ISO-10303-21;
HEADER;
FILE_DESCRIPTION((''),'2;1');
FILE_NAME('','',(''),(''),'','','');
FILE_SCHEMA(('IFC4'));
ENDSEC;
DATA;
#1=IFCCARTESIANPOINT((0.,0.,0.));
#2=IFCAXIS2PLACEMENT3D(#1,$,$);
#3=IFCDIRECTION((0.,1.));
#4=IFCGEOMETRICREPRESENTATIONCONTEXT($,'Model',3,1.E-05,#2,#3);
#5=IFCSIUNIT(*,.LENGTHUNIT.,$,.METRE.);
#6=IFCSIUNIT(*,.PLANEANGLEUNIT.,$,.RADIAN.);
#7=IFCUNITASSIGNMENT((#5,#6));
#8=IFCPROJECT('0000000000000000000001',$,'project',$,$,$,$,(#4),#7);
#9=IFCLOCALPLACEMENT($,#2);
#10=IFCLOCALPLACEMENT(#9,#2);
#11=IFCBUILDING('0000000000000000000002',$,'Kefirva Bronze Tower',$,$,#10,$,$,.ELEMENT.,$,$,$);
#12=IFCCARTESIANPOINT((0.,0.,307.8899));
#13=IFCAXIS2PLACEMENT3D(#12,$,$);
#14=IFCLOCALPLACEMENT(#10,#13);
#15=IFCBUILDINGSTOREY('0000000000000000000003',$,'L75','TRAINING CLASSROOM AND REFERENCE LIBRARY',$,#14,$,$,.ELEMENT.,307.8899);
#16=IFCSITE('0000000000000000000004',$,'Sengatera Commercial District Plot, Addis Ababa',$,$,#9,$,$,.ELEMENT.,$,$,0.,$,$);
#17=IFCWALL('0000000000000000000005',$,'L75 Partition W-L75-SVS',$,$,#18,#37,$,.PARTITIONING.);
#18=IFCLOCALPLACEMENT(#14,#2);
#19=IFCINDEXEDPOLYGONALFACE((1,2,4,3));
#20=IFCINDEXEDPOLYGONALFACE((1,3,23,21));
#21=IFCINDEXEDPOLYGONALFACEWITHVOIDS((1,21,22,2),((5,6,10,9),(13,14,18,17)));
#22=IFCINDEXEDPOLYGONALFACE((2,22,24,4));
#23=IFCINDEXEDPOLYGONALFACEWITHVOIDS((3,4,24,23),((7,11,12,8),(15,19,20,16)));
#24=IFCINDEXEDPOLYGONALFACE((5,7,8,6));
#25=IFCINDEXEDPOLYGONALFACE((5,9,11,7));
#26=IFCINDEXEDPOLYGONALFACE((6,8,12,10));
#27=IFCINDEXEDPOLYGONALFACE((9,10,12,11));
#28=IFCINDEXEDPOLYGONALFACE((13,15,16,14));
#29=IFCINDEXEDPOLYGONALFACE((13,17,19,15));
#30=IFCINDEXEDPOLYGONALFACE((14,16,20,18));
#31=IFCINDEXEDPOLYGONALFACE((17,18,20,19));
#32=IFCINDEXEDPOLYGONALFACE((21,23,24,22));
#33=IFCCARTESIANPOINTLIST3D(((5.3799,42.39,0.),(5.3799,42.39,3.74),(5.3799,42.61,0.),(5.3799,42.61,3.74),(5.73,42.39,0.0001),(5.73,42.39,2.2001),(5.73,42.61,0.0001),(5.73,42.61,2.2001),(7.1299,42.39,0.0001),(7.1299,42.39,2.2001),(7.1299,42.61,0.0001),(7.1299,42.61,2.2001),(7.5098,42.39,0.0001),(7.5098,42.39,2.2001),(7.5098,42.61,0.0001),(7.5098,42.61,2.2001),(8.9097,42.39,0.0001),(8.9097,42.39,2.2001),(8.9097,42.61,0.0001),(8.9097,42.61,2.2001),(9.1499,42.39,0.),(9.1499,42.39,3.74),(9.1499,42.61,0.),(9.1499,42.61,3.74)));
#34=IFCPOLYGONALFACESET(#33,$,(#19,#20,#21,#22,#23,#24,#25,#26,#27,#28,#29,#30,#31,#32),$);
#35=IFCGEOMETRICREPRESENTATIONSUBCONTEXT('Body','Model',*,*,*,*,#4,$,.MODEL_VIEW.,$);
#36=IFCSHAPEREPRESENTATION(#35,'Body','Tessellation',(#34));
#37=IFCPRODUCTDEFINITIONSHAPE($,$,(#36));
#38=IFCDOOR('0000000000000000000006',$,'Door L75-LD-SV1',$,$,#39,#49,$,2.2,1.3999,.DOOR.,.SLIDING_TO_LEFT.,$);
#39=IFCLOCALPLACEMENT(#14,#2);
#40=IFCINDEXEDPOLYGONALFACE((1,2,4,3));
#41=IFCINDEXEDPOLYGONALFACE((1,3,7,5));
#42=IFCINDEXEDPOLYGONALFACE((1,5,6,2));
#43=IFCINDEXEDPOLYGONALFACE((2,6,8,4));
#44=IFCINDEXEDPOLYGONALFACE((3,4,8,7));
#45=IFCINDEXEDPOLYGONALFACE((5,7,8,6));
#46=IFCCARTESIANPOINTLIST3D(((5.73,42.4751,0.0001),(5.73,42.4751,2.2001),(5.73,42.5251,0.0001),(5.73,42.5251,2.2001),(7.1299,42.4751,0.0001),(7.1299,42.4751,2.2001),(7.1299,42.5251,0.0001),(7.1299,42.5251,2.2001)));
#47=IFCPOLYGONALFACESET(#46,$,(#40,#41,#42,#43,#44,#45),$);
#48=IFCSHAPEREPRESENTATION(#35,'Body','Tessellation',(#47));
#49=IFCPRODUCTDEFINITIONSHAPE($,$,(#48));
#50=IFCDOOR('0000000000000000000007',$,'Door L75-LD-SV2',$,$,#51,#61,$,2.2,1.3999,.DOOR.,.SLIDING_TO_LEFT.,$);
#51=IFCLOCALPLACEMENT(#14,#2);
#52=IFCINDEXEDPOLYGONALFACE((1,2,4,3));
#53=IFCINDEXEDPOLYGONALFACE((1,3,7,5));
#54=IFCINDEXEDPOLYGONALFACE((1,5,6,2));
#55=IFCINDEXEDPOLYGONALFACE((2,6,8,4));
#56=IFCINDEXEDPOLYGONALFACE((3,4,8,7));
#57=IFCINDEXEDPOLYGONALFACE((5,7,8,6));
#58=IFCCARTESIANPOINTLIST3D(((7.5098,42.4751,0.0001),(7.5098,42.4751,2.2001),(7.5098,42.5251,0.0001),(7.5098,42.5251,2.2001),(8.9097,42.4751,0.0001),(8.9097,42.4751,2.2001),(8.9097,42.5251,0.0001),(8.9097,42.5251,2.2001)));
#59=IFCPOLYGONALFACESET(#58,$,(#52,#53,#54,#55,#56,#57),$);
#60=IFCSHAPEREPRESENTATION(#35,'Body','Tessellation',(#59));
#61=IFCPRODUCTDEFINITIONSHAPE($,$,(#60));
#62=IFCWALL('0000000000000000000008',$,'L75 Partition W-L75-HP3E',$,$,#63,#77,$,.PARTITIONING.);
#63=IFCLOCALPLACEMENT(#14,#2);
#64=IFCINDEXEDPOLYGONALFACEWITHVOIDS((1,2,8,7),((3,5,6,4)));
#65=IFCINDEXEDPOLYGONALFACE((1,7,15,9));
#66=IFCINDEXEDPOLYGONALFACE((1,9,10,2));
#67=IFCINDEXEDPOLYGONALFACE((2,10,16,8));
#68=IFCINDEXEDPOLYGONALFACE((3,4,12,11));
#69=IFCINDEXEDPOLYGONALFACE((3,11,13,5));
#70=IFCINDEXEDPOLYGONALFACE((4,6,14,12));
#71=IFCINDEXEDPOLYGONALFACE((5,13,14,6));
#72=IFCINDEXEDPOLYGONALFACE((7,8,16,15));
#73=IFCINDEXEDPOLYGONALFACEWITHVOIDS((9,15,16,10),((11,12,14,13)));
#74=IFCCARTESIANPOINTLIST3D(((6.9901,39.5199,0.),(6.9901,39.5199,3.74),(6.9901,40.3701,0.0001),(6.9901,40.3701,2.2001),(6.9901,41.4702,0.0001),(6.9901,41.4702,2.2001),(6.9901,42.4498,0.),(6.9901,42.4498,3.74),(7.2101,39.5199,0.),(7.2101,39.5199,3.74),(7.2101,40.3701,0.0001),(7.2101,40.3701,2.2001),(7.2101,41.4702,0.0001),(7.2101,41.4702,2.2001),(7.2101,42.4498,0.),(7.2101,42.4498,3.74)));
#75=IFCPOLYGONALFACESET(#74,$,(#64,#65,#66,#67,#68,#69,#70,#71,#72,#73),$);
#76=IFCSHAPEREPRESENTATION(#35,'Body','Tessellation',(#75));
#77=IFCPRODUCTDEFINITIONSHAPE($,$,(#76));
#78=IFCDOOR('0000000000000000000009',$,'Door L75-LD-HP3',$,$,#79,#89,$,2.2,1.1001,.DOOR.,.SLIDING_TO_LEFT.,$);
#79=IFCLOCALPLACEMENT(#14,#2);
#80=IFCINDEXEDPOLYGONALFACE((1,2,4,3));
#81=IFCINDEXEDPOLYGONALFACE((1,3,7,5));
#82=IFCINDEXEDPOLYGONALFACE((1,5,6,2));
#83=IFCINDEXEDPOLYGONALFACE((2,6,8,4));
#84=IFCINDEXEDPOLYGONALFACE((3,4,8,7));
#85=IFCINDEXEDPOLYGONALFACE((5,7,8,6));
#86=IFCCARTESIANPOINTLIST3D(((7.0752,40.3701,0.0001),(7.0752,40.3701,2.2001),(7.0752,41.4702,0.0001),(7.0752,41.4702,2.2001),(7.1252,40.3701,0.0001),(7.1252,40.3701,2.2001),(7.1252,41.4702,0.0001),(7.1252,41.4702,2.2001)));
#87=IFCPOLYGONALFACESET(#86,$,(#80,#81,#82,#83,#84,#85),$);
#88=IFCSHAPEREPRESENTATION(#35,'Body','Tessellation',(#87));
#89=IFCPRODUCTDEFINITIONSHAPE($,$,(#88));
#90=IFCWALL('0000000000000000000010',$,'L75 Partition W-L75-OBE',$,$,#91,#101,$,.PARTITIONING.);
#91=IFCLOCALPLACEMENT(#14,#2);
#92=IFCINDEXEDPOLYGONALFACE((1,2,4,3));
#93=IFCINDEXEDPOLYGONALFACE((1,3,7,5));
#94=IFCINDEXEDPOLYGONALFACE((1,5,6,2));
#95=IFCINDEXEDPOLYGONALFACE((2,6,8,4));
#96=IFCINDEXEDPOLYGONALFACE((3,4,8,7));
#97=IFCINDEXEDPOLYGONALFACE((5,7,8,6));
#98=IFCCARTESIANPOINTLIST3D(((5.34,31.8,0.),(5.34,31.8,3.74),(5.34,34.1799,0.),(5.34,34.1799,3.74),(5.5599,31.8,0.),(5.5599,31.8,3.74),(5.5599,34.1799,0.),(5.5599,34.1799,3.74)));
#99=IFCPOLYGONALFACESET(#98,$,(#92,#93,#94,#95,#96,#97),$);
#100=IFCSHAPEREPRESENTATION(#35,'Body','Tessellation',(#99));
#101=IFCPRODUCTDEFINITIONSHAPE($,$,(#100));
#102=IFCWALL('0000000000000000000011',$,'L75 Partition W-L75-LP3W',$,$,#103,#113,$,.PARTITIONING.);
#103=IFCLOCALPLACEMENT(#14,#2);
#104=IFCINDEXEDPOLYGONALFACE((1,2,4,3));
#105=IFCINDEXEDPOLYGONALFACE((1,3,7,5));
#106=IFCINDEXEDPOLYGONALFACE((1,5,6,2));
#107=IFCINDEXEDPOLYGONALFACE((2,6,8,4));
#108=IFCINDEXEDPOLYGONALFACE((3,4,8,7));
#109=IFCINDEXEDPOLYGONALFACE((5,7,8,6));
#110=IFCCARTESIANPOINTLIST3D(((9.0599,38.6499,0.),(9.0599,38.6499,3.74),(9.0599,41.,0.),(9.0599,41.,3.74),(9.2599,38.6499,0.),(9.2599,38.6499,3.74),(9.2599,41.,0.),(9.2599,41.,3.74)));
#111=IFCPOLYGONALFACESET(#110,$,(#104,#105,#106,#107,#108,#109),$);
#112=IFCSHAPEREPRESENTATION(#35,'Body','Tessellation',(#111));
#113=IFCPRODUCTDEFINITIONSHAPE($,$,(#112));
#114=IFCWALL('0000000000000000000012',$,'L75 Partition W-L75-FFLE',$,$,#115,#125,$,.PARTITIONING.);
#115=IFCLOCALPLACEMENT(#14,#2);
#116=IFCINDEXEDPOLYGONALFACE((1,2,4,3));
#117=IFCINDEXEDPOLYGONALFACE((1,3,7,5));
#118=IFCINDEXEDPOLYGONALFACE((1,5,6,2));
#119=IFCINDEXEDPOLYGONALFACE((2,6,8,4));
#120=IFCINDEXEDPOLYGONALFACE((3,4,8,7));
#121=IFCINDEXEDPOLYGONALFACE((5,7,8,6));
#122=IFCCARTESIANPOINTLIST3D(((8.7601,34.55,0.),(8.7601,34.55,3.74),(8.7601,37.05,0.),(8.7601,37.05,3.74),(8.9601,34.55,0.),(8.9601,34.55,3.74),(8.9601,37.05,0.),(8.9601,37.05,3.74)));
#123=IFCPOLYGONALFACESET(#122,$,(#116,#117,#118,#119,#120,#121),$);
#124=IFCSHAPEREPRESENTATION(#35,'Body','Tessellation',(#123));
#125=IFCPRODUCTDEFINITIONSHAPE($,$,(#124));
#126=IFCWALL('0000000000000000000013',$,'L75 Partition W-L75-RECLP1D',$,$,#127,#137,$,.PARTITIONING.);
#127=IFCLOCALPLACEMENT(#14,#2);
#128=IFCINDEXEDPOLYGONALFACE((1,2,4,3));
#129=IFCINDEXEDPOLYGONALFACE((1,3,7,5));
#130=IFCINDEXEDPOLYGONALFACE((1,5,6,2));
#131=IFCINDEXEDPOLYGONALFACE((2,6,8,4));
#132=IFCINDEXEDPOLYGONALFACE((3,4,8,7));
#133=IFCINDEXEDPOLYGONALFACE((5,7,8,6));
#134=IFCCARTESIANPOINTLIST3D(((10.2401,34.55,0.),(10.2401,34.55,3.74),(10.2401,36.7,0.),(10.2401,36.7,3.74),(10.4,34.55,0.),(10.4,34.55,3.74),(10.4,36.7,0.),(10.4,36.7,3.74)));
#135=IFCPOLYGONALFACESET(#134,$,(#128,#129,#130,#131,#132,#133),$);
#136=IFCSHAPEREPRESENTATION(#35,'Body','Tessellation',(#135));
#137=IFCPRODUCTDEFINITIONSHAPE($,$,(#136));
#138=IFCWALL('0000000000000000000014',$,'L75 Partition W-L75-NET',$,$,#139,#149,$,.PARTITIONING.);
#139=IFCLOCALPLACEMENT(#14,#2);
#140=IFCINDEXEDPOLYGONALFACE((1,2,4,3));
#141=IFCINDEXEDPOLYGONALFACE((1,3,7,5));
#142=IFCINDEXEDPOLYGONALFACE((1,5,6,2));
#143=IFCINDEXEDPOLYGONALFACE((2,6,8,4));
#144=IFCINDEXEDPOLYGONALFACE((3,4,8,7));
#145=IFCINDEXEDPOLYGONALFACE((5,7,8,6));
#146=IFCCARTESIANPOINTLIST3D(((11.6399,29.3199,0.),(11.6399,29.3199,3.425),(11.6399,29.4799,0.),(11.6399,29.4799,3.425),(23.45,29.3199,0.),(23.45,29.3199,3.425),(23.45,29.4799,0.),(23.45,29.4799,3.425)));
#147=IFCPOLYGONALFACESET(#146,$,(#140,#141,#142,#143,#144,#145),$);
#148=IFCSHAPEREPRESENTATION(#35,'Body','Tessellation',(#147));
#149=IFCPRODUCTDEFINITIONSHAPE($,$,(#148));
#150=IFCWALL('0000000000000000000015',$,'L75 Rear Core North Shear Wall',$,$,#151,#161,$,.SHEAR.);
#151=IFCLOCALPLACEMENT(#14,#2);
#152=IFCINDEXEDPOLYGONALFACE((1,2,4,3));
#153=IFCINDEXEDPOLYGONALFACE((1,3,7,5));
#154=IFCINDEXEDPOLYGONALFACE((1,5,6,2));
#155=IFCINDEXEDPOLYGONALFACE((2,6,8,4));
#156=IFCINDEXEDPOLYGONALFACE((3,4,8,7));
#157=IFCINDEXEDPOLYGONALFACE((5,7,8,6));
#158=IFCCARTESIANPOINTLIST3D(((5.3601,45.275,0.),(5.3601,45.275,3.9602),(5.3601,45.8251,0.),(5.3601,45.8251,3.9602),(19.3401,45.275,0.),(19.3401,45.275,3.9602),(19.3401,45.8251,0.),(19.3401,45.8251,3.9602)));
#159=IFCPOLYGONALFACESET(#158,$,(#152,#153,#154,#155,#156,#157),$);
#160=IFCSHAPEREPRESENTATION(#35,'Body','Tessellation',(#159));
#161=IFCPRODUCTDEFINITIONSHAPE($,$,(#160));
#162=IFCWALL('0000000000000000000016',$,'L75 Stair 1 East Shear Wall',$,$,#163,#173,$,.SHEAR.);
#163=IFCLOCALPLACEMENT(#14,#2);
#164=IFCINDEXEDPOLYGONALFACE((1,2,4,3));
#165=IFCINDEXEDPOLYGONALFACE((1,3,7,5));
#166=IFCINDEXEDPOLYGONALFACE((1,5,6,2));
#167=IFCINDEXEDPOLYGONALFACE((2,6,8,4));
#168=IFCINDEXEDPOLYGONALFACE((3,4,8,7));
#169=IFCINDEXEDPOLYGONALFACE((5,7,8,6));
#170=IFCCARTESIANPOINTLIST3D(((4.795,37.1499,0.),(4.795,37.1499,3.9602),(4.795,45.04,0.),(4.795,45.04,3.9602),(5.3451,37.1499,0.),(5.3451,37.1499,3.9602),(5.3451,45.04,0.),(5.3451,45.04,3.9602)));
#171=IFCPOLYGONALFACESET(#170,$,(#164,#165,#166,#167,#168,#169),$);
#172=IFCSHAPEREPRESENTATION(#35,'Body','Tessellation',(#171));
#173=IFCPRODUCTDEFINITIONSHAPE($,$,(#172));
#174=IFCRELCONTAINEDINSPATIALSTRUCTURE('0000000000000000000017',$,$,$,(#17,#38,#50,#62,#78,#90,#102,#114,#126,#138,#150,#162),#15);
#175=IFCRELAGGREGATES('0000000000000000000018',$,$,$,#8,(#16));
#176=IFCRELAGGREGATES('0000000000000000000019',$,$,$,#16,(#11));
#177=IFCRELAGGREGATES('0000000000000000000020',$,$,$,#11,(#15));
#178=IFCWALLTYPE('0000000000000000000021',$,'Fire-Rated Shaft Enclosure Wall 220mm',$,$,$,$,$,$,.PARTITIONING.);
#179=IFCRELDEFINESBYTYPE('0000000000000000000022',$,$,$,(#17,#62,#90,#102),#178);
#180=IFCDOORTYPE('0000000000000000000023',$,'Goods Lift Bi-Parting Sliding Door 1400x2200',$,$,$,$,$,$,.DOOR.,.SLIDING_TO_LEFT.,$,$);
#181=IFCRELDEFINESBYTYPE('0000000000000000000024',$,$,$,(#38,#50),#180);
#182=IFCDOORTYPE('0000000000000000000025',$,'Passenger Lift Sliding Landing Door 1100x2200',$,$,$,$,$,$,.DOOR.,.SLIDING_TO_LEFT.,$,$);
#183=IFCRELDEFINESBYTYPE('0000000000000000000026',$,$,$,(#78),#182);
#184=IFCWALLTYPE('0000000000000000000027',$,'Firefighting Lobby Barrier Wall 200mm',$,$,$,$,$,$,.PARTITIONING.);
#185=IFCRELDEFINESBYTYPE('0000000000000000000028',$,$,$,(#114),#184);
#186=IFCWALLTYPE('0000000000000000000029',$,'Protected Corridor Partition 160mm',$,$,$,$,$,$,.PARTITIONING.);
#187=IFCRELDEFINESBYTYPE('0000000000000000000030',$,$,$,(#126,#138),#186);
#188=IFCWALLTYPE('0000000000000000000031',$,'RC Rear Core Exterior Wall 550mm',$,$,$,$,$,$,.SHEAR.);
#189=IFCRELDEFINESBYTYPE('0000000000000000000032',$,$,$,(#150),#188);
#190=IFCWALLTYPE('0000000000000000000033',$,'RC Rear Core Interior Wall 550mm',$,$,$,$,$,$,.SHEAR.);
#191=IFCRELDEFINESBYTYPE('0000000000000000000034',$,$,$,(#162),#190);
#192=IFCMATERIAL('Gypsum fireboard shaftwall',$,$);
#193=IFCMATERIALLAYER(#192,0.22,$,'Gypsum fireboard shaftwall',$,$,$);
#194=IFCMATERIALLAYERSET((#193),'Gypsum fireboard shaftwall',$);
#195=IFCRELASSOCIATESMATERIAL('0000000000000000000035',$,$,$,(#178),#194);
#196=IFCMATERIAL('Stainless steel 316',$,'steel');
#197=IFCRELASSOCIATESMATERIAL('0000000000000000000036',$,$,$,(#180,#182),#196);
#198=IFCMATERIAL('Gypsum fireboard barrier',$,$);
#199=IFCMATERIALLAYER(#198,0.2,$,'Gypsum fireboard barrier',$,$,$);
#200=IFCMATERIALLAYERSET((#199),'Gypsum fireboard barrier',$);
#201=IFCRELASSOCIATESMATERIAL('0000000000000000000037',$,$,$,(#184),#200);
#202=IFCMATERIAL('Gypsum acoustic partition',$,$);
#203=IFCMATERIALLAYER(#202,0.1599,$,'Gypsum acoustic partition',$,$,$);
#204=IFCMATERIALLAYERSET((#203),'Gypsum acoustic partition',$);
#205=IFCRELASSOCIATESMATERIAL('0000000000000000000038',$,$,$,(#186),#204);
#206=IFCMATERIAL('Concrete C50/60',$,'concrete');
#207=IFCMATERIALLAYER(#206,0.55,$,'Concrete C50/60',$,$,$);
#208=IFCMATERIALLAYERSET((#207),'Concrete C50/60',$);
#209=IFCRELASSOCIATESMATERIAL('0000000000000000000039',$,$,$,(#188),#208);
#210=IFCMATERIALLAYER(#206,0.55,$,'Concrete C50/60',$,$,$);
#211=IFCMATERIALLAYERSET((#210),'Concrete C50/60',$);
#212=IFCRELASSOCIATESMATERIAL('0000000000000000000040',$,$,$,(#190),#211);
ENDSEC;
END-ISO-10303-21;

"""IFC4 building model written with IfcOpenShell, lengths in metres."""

from ifc_helpers import new_model, si_unit, direction, frame, frame_2d, origin, place, context, subcontext, project, spatial, rectangle, extrude, material, layer, layer_set, type_object, element, fill, save


model = new_model("IFC4")

# Units and contexts
model_context = context("Model", 3, precision=1e-05, world=origin(), true_north=direction((0.0, 1.0)))
body_context = subcontext(model_context, "Body", "Model", "MODEL_VIEW")
ifc_project = project(units=[si_unit("LENGTHUNIT", "METRE"), si_unit("PLANEANGLEUNIT", "RADIAN")], contexts=[model_context])

# Site, building, storey
site_placement = place(None, origin())
site = spatial("IfcSite", under=ifc_project, at=site_placement, Name="Sengatera Commercial District Plot, Addis Ababa", CompositionType="ELEMENT", RefElevation=0.0)
building_placement = place(site_placement, origin())
building = spatial("IfcBuilding", under=site, at=building_placement, Name="Kefirva Bronze Tower", CompositionType="ELEMENT")
storey_placement = place(building_placement, frame((0.0, 0.0, 307.8899)))
storey = spatial("IfcBuildingStorey", under=building, at=storey_placement, Name="L75", Description="TRAINING CLASSROOM AND REFERENCE LIBRARY", CompositionType="ELEMENT", Elevation=307.8899)

# Shared definitions
ifc_material_1 = material(Name="Concrete C50/60", Category="concrete")

# Shared definitions
ifc_material_2 = material(Name="Gypsum fireboard shaftwall")
ifc_layer_1 = layer(ifc_material_2, 0.22, Name="Gypsum fireboard shaftwall")
ifc_layer_set_1 = layer_set([ifc_layer_1], Name="Gypsum fireboard shaftwall")
wall_type_1 = type_object("IfcWallType", Name="Fire-Rated Shaft Enclosure Wall 220mm", PredefinedType="PARTITIONING", material=ifc_layer_set_1)
ifc_material_3 = material(Name="Stainless steel 316", Category="steel")

# Wall, openings, doors
wall_1_placement = place(storey_placement, frame((5.3799, 42.5, 0.0), z_axis=(0.0, 0.0, 1.0), x_axis=(1.0, 0.0, 0.0)))
wall_1 = element("IfcWall", 1, at=wall_1_placement, inside=storey, type_object=wall_type_1, Name="L75 Partition W-L75-SVS", PredefinedType="PARTITIONING", context=body_context, shape_type="SweptSolid", body=[
    extrude(rectangle(XDim=3.77, YDim=0.22, at=frame_2d((1.885, 0.0))), origin(), (0.0, 0.0, 1.0), 3.74),
])
opening_1_placement = place(wall_1_placement, frame((1.75, 0.0, 0.0), z_axis=(0.0, 0.0, 1.0), x_axis=(-1.0, 0.0, 0.0)))
opening_1 = element("IfcOpeningElement", 2, at=opening_1_placement, cuts=wall_1, PredefinedType="OPENING", context=body_context, shape_type="SweptSolid", body=[
    extrude(rectangle(XDim=1.3999, YDim=2.2, at=frame_2d((0.7, 1.1001))), frame((0.0, 0.1201, 0.0), z_axis=(0.0, -1.0, 0.0), x_axis=(1.0, 0.0, 0.0)), (0.0, 0.0, 1.0), 0.24),
])
opening_2_placement = place(wall_1_placement, frame((3.5298, 0.0, 0.0), z_axis=(0.0, 0.0, 1.0), x_axis=(-1.0, 0.0, 0.0)))
opening_2 = element("IfcOpeningElement", 3, at=opening_2_placement, cuts=wall_1, PredefinedType="OPENING", context=body_context, shape_type="SweptSolid", body=[
    extrude(rectangle(XDim=1.3999, YDim=2.2, at=frame_2d((0.7, 1.1001))), frame((0.0, 0.1201, 0.0), z_axis=(0.0, -1.0, 0.0), x_axis=(1.0, 0.0, 0.0)), (0.0, 0.0, 1.0), 0.24),
])
door_type_1 = type_object("IfcDoorType", Name="Goods Lift Bi-Parting Sliding Door 1400x2200", OperationType="SLIDING_TO_LEFT", PredefinedType="DOOR", material=ifc_material_3)
door_1_placement = place(opening_1_placement, origin())
door_1 = element("IfcDoor", 4, at=door_1_placement, inside=storey, type_object=door_type_1, Name="Door L75-LD-SV1", OperationType="SLIDING_TO_LEFT", OverallHeight=2.2, OverallWidth=1.3999, PredefinedType="DOOR", context=body_context, shape_type="SweptSolid", body=[
    extrude(rectangle(XDim=1.3999, YDim=2.2, at=frame_2d((0.7, 1.1001))), frame((0.0, 0.0249, 0.0), z_axis=(0.0, -1.0, 0.0), x_axis=(1.0, 0.0, 0.0)), (0.0, 0.0, 1.0), 0.05),
])
fill(opening_1, door_1)
door_2_placement = place(opening_2_placement, origin())
door_2 = element("IfcDoor", 5, at=door_2_placement, inside=storey, type_object=door_type_1, Name="Door L75-LD-SV2", OperationType="SLIDING_TO_LEFT", OverallHeight=2.2, OverallWidth=1.3999, PredefinedType="DOOR", context=body_context, shape_type="SweptSolid", body=[
    extrude(rectangle(XDim=1.3999, YDim=2.2, at=frame_2d((0.7, 1.1001))), frame((0.0, 0.0249, 0.0), z_axis=(0.0, -1.0, 0.0), x_axis=(1.0, 0.0, 0.0)), (0.0, 0.0, 1.0), 0.05),
])
fill(opening_2, door_2)

# Wall, opening, door
wall_2_placement = place(storey_placement, frame((7.1001, 39.52, 0.0), z_axis=(0.0, 0.0, 1.0), x_axis=(0.0, 1.0, 0.0)))
wall_2 = element("IfcWall", 6, at=wall_2_placement, inside=storey, type_object=wall_type_1, Name="L75 Partition W-L75-HP3E", PredefinedType="PARTITIONING", context=body_context, shape_type="SweptSolid", body=[
    extrude(rectangle(XDim=2.9299, YDim=0.22, at=frame_2d((1.4648, 0.0))), origin(), (0.0, 0.0, 1.0), 3.74),
])
opening_3_placement = place(wall_2_placement, frame((0.8501, 0.0, 0.0)))
opening_3 = element("IfcOpeningElement", 7, at=opening_3_placement, cuts=wall_2, PredefinedType="OPENING", context=body_context, shape_type="SweptSolid", body=[
    extrude(rectangle(XDim=1.1001, YDim=2.2, at=frame_2d((0.55, 1.1001))), frame((0.0, 0.1201, 0.0), z_axis=(0.0, -1.0, 0.0), x_axis=(1.0, 0.0, 0.0)), (0.0, 0.0, 1.0), 0.24),
])
door_type_2 = type_object("IfcDoorType", Name="Passenger Lift Sliding Landing Door 1100x2200", OperationType="SLIDING_TO_LEFT", PredefinedType="DOOR", material=ifc_material_3)
door_3_placement = place(opening_3_placement, origin())
door_3 = element("IfcDoor", 8, at=door_3_placement, inside=storey, type_object=door_type_2, Name="Door L75-LD-HP3", OperationType="SLIDING_TO_LEFT", OverallHeight=2.2, OverallWidth=1.1001, PredefinedType="DOOR", context=body_context, shape_type="SweptSolid", body=[
    extrude(rectangle(XDim=1.1001, YDim=2.2, at=frame_2d((0.55, 1.1001))), frame((0.0, 0.0249, 0.0), z_axis=(0.0, -1.0, 0.0), x_axis=(1.0, 0.0, 0.0)), (0.0, 0.0, 1.0), 0.05),
])
fill(opening_3, door_3)

# Walls
wall_3_placement = place(storey_placement, frame((5.45, 31.8, 0.0), z_axis=(0.0, 0.0, 1.0), x_axis=(0.0, 1.0, 0.0)))
element("IfcWall", 9, at=wall_3_placement, inside=storey, type_object=wall_type_1, Name="L75 Partition W-L75-OBE", PredefinedType="PARTITIONING", context=body_context, shape_type="SweptSolid", body=[
    extrude(rectangle(XDim=2.3799, YDim=0.22, at=frame_2d((1.1899, 0.0))), origin(), (0.0, 0.0, 1.0), 3.74),
])
wall_4_placement = place(storey_placement, frame((9.1599, 38.6499, 0.0), z_axis=(0.0, 0.0, 1.0), x_axis=(0.0, 1.0, 0.0)))
element("IfcWall", 10, at=wall_4_placement, inside=storey, type_object=wall_type_1, Name="L75 Partition W-L75-LP3W", PredefinedType="PARTITIONING", context=body_context, shape_type="SweptSolid", body=[
    extrude(rectangle(XDim=2.3501, YDim=0.2, at=frame_2d((1.175, 0.0))), origin(), (0.0, 0.0, 1.0), 3.74),
])
ifc_material_4 = material(Name="Gypsum fireboard barrier")
ifc_layer_2 = layer(ifc_material_4, 0.2, Name="Gypsum fireboard barrier")
ifc_layer_set_2 = layer_set([ifc_layer_2], Name="Gypsum fireboard barrier")
wall_type_2 = type_object("IfcWallType", Name="Firefighting Lobby Barrier Wall 200mm", PredefinedType="PARTITIONING", material=ifc_layer_set_2)
wall_5_placement = place(storey_placement, frame((8.8601, 34.55, 0.0), z_axis=(0.0, 0.0, 1.0), x_axis=(0.0, 1.0, 0.0)))
element("IfcWall", 11, at=wall_5_placement, inside=storey, type_object=wall_type_2, Name="L75 Partition W-L75-FFLE", PredefinedType="PARTITIONING", context=body_context, shape_type="SweptSolid", body=[
    extrude(rectangle(XDim=2.5, YDim=0.2, at=frame_2d((1.25, 0.0))), origin(), (0.0, 0.0, 1.0), 3.74),
])

# Shared definitions
ifc_material_5 = material(Name="Gypsum acoustic partition")
ifc_layer_3 = layer(ifc_material_5, 0.1599, Name="Gypsum acoustic partition")
ifc_layer_set_3 = layer_set([ifc_layer_3], Name="Gypsum acoustic partition")
wall_type_3 = type_object("IfcWallType", Name="Protected Corridor Partition 160mm", PredefinedType="PARTITIONING", material=ifc_layer_set_3)

# Wall
wall_6_placement = place(storey_placement, frame((10.3201, 34.55, 0.0), z_axis=(0.0, 0.0, 1.0), x_axis=(0.0, 1.0, 0.0)))
element("IfcWall", 12, at=wall_6_placement, inside=storey, type_object=wall_type_3, Name="L75 Partition W-L75-RECLP1D", PredefinedType="PARTITIONING", context=body_context, shape_type="SweptSolid", body=[
    extrude(rectangle(XDim=2.1499, YDim=0.1599, at=frame_2d((1.075, 0.0))), origin(), (0.0, 0.0, 1.0), 3.74),
])

# Walls
wall_7_placement = place(storey_placement, frame((11.6399, 29.3999, 0.0), z_axis=(0.0, 0.0, 1.0), x_axis=(1.0, 0.0, 0.0)))
element("IfcWall", 13, at=wall_7_placement, inside=storey, type_object=wall_type_3, Name="L75 Partition W-L75-NET", PredefinedType="PARTITIONING", context=body_context, shape_type="SweptSolid", body=[
    extrude(rectangle(XDim=11.8101, YDim=0.1599, at=frame_2d((5.905, 0.0))), origin(), (0.0, 0.0, 1.0), 3.425),
])
ifc_layer_4 = layer(ifc_material_1, 0.55, Name="Concrete C50/60")
ifc_layer_set_4 = layer_set([ifc_layer_4], Name="Concrete C50/60")
wall_type_4 = type_object("IfcWallType", Name="RC Rear Core Exterior Wall 550mm", PredefinedType="SHEAR", material=ifc_layer_set_4)
wall_8_placement = place(storey_placement, frame((5.3601, 45.55, 0.0), z_axis=(0.0, 0.0, 1.0), x_axis=(1.0, 0.0, 0.0)))
element("IfcWall", 14, at=wall_8_placement, inside=storey, type_object=wall_type_4, Name="L75 Rear Core North Shear Wall", PredefinedType="SHEAR", context=body_context, shape_type="SweptSolid", body=[
    extrude(rectangle(XDim=13.98, YDim=0.55, at=frame_2d((6.99, 0.0))), origin(), (0.0, 0.0, 1.0), 3.9602),
])
ifc_layer_5 = layer(ifc_material_1, 0.55, Name="Concrete C50/60")
ifc_layer_set_5 = layer_set([ifc_layer_5], Name="Concrete C50/60")
wall_type_5 = type_object("IfcWallType", Name="RC Rear Core Interior Wall 550mm", PredefinedType="SHEAR", material=ifc_layer_set_5)
wall_9_placement = place(storey_placement, frame((5.0701, 37.1499, 0.0), z_axis=(0.0, 0.0, 1.0), x_axis=(0.0, 1.0, 0.0)))
element("IfcWall", 15, at=wall_9_placement, inside=storey, type_object=wall_type_5, Name="L75 Stair 1 East Shear Wall", PredefinedType="SHEAR", context=body_context, shape_type="SweptSolid", body=[
    extrude(rectangle(XDim=7.8901, YDim=0.55, at=frame_2d((3.9451, 0.0))), origin(), (0.0, 0.0, 1.0), 3.9602),
])

save(model, "model.ifc")
